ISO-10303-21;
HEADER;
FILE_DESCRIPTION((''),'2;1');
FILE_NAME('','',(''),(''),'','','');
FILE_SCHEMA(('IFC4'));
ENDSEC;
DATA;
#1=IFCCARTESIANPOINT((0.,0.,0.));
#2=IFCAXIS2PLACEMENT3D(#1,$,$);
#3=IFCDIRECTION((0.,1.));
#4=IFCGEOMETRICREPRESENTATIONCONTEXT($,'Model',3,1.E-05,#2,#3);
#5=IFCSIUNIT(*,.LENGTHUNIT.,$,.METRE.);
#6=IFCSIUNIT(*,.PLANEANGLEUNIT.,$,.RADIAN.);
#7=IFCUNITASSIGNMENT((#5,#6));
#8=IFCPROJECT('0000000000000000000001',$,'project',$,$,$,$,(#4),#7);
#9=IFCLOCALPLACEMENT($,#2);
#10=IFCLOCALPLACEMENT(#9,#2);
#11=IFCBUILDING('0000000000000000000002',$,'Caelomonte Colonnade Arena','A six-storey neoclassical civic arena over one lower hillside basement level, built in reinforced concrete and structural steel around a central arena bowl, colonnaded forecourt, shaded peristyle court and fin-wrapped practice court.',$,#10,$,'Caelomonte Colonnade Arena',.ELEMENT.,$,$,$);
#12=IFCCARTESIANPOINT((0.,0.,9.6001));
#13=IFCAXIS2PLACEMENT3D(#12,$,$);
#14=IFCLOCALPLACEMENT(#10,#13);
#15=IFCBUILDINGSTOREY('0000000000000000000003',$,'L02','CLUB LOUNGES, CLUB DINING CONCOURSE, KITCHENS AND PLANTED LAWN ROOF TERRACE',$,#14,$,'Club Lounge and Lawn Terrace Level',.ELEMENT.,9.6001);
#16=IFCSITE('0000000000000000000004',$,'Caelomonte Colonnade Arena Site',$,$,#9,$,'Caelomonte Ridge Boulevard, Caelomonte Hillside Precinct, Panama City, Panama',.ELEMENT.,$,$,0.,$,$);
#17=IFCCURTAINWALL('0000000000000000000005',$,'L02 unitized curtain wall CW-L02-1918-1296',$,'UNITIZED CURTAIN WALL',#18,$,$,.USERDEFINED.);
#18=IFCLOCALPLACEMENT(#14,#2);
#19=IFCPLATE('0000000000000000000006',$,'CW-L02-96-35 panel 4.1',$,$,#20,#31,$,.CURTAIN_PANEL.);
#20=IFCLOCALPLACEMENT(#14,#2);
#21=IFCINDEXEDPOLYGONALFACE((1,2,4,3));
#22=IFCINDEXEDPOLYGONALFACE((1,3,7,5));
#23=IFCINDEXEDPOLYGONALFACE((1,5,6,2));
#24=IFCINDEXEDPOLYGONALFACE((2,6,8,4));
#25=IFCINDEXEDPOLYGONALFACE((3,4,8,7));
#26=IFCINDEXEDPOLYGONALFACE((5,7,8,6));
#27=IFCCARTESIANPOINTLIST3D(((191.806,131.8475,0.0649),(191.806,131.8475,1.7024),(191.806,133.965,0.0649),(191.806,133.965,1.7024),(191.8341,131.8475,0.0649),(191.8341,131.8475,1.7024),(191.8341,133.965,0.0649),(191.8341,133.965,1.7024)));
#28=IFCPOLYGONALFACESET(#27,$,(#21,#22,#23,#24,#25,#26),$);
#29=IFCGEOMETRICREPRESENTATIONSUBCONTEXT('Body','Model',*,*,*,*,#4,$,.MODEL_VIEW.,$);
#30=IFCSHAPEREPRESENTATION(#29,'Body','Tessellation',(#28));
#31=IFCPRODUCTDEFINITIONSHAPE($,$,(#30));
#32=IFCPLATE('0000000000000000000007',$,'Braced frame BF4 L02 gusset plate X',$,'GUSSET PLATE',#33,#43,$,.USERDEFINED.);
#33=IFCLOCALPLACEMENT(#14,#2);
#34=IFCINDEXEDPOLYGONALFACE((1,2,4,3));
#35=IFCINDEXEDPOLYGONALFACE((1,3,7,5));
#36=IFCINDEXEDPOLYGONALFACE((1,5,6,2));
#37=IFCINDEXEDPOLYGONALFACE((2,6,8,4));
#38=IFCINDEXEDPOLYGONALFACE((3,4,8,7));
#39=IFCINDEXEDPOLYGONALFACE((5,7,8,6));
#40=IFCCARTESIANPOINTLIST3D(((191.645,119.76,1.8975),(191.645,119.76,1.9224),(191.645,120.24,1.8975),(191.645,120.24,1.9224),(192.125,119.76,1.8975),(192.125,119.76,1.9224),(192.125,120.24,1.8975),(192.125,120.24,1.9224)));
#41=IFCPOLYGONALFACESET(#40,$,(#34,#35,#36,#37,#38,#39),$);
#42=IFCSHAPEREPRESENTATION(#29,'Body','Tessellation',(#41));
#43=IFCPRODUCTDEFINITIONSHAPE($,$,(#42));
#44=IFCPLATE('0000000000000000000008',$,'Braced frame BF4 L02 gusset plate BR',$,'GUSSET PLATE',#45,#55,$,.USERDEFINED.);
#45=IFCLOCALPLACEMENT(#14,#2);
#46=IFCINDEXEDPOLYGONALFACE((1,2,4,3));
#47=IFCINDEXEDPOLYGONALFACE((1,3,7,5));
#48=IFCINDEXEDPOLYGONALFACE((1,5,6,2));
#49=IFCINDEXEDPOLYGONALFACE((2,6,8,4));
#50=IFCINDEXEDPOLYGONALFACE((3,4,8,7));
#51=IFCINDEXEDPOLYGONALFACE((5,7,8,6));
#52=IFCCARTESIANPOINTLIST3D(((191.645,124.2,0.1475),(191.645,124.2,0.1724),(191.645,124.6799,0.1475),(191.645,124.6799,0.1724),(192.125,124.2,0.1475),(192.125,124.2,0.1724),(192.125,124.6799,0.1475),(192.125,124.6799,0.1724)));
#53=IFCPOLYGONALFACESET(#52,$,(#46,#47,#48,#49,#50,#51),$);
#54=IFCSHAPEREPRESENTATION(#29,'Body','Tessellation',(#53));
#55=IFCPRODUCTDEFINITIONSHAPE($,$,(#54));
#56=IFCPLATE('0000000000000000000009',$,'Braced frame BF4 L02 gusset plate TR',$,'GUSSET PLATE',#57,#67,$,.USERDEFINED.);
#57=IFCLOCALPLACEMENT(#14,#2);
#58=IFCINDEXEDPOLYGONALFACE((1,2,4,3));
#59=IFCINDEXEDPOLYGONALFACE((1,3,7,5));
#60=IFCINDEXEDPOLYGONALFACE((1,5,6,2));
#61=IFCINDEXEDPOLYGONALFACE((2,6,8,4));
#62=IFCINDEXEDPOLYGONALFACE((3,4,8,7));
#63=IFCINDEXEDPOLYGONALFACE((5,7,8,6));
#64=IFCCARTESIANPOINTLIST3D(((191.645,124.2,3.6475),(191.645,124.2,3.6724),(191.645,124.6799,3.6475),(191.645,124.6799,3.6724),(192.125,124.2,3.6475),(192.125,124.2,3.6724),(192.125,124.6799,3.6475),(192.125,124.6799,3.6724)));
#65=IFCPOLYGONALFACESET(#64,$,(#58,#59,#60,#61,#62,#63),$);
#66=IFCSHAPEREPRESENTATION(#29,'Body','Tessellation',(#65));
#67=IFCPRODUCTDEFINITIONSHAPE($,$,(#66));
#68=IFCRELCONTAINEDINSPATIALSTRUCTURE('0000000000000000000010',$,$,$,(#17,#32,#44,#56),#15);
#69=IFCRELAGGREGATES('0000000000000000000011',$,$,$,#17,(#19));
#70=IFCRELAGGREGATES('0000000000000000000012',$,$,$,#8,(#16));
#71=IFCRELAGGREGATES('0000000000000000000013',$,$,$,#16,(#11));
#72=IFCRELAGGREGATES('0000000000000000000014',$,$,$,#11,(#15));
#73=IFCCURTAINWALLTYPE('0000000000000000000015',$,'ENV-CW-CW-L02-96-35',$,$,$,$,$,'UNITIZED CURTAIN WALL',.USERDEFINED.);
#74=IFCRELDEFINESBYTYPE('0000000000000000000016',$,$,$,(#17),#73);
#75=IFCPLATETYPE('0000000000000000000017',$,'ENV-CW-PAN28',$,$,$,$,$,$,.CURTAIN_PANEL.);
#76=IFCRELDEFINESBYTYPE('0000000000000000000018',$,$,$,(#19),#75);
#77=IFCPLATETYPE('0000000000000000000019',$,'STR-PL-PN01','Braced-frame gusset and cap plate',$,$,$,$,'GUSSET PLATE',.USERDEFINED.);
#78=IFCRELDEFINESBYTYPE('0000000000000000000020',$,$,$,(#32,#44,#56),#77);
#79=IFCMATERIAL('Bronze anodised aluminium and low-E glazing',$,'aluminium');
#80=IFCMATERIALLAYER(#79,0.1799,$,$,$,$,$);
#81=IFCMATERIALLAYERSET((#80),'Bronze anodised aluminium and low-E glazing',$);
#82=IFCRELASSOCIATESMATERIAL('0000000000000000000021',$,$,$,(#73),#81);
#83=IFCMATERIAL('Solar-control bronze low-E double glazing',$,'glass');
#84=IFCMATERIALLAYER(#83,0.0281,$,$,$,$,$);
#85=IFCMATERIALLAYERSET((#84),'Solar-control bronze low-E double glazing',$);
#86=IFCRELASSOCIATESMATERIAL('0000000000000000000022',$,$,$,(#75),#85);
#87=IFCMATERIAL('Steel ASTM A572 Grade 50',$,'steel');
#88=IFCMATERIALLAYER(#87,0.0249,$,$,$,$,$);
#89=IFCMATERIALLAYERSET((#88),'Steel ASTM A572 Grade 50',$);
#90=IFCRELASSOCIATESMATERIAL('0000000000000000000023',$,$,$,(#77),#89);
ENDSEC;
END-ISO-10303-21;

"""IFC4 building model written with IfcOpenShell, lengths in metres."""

from ifc_helpers import new_model, si_unit, direction, frame, origin, origin_2d, place, context, subcontext, project, spatial, rectangle, extrude, material, layer, layer_set, type_object, element, aggregate, save


model = new_model("IFC4")

# Units and contexts
model_context = context("Model", 3, precision=1e-05, world=origin(), true_north=direction((0.0, 1.0)))
body_context = subcontext(model_context, "Body", "Model", "MODEL_VIEW")
ifc_project = project(units=[si_unit("LENGTHUNIT", "METRE"), si_unit("PLANEANGLEUNIT", "RADIAN")], contexts=[model_context])

# Site, building, storey
site_placement = place(None, origin())
site = spatial("IfcSite", under=ifc_project, at=site_placement, Name="Caelomonte Colonnade Arena Site", LongName="Caelomonte Ridge Boulevard, Caelomonte Hillside Precinct, Panama City, Panama", CompositionType="ELEMENT", RefElevation=0.0)
building_placement = place(site_placement, origin())
building = spatial("IfcBuilding", under=site, at=building_placement, Name="Caelomonte Colonnade Arena", Description="A six-storey neoclassical civic arena over one lower hillside basement level, built in reinforced concrete and structural steel around a central arena bowl, colonnaded forecourt, shaded peristyle court and fin-wrapped practice court.", LongName="Caelomonte Colonnade Arena", CompositionType="ELEMENT")
storey_placement = place(building_placement, frame((0.0, 0.0, 9.6001)))
storey = spatial("IfcBuildingStorey", under=building, at=storey_placement, Name="L02", Description="CLUB LOUNGES, CLUB DINING CONCOURSE, KITCHENS AND PLANTED LAWN ROOF TERRACE", LongName="Club Lounge and Lawn Terrace Level", CompositionType="ELEMENT", Elevation=9.6001)

# Curtain wall
ifc_material_1 = material(Name="Bronze anodised aluminium and low-E glazing", Category="aluminium")
ifc_layer_1 = layer(ifc_material_1, 0.1799)
ifc_layer_set_1 = layer_set([ifc_layer_1], Name="Bronze anodised aluminium and low-E glazing")
curtain_wall_type = type_object("IfcCurtainWallType", Name="ENV-CW-CW-L02-96-35", ElementType="UNITIZED CURTAIN WALL", PredefinedType="USERDEFINED", material=ifc_layer_set_1)
curtain_wall_placement = place(storey_placement, origin())
curtain_wall = element("IfcCurtainWall", 1, at=curtain_wall_placement, inside=storey, type_object=curtain_wall_type, Name="L02 unitized curtain wall CW-L02-1918-1296", ObjectType="UNITIZED CURTAIN WALL", PredefinedType="USERDEFINED")

# Plate
ifc_material_2 = material(Name="Solar-control bronze low-E double glazing", Category="glass")
ifc_layer_2 = layer(ifc_material_2, 0.0281)
ifc_layer_set_2 = layer_set([ifc_layer_2], Name="Solar-control bronze low-E double glazing")
plate_type_1 = type_object("IfcPlateType", Name="ENV-CW-PAN28", PredefinedType="CURTAIN_PANEL", material=ifc_layer_set_2)
plate_1_placement = place(storey_placement, frame((191.8201, 132.9062, 0.0649), z_axis=(0.0, 0.0, 1.0), x_axis=(0.0, 1.0, 0.0)))
plate_1 = element("IfcPlate", 2, at=plate_1_placement, type_object=plate_type_1, Name="CW-L02-96-35 panel 4.1", PredefinedType="CURTAIN_PANEL", context=body_context, shape_type="SweptSolid", body=[
    extrude(rectangle(XDim=2.1174, YDim=0.0281, at=origin_2d()), origin(), (0.0, 0.0, 1.0), 1.6375),
])
aggregate(curtain_wall, [plate_1])

# Plates
ifc_material_3 = material(Name="Steel ASTM A572 Grade 50", Category="steel")
ifc_layer_3 = layer(ifc_material_3, 0.0249)
ifc_layer_set_3 = layer_set([ifc_layer_3], Name="Steel ASTM A572 Grade 50")
plate_type_2 = type_object("IfcPlateType", Name="STR-PL-PN01", Description="Braced-frame gusset and cap plate", ElementType="GUSSET PLATE", PredefinedType="USERDEFINED", material=ifc_layer_set_3)
for number, where, z_axis, x_axis, name in (
    (3, (191.885, 120.0, 1.8975), (0.0, 0.0, 1.0), (1.0, 0.0, 0.0), "Braced frame BF4 L02 gusset plate X"),
    (4, (191.885, 124.4399, 0.1475), (0.0, 0.0, 1.0), (1.0, 0.0, 0.0), "Braced frame BF4 L02 gusset plate BR"),
    (5, (191.885, 124.4399, 3.6475), (0.0, 0.0, 1.0), (1.0, 0.0, 0.0), "Braced frame BF4 L02 gusset plate TR"),
):
    element("IfcPlate", number, at=place(storey_placement, frame(where, z_axis=z_axis, x_axis=x_axis)), inside=storey, type_object=plate_type_2, Name=name, ObjectType="GUSSET PLATE", PredefinedType="USERDEFINED", context=body_context, shape_type="SweptSolid", body=[
        extrude(rectangle(XDim=0.48, YDim=0.48, at=origin_2d()), origin(), (0.0, 0.0, 1.0), 0.0249),
    ])

save(model, "model.ifc")
